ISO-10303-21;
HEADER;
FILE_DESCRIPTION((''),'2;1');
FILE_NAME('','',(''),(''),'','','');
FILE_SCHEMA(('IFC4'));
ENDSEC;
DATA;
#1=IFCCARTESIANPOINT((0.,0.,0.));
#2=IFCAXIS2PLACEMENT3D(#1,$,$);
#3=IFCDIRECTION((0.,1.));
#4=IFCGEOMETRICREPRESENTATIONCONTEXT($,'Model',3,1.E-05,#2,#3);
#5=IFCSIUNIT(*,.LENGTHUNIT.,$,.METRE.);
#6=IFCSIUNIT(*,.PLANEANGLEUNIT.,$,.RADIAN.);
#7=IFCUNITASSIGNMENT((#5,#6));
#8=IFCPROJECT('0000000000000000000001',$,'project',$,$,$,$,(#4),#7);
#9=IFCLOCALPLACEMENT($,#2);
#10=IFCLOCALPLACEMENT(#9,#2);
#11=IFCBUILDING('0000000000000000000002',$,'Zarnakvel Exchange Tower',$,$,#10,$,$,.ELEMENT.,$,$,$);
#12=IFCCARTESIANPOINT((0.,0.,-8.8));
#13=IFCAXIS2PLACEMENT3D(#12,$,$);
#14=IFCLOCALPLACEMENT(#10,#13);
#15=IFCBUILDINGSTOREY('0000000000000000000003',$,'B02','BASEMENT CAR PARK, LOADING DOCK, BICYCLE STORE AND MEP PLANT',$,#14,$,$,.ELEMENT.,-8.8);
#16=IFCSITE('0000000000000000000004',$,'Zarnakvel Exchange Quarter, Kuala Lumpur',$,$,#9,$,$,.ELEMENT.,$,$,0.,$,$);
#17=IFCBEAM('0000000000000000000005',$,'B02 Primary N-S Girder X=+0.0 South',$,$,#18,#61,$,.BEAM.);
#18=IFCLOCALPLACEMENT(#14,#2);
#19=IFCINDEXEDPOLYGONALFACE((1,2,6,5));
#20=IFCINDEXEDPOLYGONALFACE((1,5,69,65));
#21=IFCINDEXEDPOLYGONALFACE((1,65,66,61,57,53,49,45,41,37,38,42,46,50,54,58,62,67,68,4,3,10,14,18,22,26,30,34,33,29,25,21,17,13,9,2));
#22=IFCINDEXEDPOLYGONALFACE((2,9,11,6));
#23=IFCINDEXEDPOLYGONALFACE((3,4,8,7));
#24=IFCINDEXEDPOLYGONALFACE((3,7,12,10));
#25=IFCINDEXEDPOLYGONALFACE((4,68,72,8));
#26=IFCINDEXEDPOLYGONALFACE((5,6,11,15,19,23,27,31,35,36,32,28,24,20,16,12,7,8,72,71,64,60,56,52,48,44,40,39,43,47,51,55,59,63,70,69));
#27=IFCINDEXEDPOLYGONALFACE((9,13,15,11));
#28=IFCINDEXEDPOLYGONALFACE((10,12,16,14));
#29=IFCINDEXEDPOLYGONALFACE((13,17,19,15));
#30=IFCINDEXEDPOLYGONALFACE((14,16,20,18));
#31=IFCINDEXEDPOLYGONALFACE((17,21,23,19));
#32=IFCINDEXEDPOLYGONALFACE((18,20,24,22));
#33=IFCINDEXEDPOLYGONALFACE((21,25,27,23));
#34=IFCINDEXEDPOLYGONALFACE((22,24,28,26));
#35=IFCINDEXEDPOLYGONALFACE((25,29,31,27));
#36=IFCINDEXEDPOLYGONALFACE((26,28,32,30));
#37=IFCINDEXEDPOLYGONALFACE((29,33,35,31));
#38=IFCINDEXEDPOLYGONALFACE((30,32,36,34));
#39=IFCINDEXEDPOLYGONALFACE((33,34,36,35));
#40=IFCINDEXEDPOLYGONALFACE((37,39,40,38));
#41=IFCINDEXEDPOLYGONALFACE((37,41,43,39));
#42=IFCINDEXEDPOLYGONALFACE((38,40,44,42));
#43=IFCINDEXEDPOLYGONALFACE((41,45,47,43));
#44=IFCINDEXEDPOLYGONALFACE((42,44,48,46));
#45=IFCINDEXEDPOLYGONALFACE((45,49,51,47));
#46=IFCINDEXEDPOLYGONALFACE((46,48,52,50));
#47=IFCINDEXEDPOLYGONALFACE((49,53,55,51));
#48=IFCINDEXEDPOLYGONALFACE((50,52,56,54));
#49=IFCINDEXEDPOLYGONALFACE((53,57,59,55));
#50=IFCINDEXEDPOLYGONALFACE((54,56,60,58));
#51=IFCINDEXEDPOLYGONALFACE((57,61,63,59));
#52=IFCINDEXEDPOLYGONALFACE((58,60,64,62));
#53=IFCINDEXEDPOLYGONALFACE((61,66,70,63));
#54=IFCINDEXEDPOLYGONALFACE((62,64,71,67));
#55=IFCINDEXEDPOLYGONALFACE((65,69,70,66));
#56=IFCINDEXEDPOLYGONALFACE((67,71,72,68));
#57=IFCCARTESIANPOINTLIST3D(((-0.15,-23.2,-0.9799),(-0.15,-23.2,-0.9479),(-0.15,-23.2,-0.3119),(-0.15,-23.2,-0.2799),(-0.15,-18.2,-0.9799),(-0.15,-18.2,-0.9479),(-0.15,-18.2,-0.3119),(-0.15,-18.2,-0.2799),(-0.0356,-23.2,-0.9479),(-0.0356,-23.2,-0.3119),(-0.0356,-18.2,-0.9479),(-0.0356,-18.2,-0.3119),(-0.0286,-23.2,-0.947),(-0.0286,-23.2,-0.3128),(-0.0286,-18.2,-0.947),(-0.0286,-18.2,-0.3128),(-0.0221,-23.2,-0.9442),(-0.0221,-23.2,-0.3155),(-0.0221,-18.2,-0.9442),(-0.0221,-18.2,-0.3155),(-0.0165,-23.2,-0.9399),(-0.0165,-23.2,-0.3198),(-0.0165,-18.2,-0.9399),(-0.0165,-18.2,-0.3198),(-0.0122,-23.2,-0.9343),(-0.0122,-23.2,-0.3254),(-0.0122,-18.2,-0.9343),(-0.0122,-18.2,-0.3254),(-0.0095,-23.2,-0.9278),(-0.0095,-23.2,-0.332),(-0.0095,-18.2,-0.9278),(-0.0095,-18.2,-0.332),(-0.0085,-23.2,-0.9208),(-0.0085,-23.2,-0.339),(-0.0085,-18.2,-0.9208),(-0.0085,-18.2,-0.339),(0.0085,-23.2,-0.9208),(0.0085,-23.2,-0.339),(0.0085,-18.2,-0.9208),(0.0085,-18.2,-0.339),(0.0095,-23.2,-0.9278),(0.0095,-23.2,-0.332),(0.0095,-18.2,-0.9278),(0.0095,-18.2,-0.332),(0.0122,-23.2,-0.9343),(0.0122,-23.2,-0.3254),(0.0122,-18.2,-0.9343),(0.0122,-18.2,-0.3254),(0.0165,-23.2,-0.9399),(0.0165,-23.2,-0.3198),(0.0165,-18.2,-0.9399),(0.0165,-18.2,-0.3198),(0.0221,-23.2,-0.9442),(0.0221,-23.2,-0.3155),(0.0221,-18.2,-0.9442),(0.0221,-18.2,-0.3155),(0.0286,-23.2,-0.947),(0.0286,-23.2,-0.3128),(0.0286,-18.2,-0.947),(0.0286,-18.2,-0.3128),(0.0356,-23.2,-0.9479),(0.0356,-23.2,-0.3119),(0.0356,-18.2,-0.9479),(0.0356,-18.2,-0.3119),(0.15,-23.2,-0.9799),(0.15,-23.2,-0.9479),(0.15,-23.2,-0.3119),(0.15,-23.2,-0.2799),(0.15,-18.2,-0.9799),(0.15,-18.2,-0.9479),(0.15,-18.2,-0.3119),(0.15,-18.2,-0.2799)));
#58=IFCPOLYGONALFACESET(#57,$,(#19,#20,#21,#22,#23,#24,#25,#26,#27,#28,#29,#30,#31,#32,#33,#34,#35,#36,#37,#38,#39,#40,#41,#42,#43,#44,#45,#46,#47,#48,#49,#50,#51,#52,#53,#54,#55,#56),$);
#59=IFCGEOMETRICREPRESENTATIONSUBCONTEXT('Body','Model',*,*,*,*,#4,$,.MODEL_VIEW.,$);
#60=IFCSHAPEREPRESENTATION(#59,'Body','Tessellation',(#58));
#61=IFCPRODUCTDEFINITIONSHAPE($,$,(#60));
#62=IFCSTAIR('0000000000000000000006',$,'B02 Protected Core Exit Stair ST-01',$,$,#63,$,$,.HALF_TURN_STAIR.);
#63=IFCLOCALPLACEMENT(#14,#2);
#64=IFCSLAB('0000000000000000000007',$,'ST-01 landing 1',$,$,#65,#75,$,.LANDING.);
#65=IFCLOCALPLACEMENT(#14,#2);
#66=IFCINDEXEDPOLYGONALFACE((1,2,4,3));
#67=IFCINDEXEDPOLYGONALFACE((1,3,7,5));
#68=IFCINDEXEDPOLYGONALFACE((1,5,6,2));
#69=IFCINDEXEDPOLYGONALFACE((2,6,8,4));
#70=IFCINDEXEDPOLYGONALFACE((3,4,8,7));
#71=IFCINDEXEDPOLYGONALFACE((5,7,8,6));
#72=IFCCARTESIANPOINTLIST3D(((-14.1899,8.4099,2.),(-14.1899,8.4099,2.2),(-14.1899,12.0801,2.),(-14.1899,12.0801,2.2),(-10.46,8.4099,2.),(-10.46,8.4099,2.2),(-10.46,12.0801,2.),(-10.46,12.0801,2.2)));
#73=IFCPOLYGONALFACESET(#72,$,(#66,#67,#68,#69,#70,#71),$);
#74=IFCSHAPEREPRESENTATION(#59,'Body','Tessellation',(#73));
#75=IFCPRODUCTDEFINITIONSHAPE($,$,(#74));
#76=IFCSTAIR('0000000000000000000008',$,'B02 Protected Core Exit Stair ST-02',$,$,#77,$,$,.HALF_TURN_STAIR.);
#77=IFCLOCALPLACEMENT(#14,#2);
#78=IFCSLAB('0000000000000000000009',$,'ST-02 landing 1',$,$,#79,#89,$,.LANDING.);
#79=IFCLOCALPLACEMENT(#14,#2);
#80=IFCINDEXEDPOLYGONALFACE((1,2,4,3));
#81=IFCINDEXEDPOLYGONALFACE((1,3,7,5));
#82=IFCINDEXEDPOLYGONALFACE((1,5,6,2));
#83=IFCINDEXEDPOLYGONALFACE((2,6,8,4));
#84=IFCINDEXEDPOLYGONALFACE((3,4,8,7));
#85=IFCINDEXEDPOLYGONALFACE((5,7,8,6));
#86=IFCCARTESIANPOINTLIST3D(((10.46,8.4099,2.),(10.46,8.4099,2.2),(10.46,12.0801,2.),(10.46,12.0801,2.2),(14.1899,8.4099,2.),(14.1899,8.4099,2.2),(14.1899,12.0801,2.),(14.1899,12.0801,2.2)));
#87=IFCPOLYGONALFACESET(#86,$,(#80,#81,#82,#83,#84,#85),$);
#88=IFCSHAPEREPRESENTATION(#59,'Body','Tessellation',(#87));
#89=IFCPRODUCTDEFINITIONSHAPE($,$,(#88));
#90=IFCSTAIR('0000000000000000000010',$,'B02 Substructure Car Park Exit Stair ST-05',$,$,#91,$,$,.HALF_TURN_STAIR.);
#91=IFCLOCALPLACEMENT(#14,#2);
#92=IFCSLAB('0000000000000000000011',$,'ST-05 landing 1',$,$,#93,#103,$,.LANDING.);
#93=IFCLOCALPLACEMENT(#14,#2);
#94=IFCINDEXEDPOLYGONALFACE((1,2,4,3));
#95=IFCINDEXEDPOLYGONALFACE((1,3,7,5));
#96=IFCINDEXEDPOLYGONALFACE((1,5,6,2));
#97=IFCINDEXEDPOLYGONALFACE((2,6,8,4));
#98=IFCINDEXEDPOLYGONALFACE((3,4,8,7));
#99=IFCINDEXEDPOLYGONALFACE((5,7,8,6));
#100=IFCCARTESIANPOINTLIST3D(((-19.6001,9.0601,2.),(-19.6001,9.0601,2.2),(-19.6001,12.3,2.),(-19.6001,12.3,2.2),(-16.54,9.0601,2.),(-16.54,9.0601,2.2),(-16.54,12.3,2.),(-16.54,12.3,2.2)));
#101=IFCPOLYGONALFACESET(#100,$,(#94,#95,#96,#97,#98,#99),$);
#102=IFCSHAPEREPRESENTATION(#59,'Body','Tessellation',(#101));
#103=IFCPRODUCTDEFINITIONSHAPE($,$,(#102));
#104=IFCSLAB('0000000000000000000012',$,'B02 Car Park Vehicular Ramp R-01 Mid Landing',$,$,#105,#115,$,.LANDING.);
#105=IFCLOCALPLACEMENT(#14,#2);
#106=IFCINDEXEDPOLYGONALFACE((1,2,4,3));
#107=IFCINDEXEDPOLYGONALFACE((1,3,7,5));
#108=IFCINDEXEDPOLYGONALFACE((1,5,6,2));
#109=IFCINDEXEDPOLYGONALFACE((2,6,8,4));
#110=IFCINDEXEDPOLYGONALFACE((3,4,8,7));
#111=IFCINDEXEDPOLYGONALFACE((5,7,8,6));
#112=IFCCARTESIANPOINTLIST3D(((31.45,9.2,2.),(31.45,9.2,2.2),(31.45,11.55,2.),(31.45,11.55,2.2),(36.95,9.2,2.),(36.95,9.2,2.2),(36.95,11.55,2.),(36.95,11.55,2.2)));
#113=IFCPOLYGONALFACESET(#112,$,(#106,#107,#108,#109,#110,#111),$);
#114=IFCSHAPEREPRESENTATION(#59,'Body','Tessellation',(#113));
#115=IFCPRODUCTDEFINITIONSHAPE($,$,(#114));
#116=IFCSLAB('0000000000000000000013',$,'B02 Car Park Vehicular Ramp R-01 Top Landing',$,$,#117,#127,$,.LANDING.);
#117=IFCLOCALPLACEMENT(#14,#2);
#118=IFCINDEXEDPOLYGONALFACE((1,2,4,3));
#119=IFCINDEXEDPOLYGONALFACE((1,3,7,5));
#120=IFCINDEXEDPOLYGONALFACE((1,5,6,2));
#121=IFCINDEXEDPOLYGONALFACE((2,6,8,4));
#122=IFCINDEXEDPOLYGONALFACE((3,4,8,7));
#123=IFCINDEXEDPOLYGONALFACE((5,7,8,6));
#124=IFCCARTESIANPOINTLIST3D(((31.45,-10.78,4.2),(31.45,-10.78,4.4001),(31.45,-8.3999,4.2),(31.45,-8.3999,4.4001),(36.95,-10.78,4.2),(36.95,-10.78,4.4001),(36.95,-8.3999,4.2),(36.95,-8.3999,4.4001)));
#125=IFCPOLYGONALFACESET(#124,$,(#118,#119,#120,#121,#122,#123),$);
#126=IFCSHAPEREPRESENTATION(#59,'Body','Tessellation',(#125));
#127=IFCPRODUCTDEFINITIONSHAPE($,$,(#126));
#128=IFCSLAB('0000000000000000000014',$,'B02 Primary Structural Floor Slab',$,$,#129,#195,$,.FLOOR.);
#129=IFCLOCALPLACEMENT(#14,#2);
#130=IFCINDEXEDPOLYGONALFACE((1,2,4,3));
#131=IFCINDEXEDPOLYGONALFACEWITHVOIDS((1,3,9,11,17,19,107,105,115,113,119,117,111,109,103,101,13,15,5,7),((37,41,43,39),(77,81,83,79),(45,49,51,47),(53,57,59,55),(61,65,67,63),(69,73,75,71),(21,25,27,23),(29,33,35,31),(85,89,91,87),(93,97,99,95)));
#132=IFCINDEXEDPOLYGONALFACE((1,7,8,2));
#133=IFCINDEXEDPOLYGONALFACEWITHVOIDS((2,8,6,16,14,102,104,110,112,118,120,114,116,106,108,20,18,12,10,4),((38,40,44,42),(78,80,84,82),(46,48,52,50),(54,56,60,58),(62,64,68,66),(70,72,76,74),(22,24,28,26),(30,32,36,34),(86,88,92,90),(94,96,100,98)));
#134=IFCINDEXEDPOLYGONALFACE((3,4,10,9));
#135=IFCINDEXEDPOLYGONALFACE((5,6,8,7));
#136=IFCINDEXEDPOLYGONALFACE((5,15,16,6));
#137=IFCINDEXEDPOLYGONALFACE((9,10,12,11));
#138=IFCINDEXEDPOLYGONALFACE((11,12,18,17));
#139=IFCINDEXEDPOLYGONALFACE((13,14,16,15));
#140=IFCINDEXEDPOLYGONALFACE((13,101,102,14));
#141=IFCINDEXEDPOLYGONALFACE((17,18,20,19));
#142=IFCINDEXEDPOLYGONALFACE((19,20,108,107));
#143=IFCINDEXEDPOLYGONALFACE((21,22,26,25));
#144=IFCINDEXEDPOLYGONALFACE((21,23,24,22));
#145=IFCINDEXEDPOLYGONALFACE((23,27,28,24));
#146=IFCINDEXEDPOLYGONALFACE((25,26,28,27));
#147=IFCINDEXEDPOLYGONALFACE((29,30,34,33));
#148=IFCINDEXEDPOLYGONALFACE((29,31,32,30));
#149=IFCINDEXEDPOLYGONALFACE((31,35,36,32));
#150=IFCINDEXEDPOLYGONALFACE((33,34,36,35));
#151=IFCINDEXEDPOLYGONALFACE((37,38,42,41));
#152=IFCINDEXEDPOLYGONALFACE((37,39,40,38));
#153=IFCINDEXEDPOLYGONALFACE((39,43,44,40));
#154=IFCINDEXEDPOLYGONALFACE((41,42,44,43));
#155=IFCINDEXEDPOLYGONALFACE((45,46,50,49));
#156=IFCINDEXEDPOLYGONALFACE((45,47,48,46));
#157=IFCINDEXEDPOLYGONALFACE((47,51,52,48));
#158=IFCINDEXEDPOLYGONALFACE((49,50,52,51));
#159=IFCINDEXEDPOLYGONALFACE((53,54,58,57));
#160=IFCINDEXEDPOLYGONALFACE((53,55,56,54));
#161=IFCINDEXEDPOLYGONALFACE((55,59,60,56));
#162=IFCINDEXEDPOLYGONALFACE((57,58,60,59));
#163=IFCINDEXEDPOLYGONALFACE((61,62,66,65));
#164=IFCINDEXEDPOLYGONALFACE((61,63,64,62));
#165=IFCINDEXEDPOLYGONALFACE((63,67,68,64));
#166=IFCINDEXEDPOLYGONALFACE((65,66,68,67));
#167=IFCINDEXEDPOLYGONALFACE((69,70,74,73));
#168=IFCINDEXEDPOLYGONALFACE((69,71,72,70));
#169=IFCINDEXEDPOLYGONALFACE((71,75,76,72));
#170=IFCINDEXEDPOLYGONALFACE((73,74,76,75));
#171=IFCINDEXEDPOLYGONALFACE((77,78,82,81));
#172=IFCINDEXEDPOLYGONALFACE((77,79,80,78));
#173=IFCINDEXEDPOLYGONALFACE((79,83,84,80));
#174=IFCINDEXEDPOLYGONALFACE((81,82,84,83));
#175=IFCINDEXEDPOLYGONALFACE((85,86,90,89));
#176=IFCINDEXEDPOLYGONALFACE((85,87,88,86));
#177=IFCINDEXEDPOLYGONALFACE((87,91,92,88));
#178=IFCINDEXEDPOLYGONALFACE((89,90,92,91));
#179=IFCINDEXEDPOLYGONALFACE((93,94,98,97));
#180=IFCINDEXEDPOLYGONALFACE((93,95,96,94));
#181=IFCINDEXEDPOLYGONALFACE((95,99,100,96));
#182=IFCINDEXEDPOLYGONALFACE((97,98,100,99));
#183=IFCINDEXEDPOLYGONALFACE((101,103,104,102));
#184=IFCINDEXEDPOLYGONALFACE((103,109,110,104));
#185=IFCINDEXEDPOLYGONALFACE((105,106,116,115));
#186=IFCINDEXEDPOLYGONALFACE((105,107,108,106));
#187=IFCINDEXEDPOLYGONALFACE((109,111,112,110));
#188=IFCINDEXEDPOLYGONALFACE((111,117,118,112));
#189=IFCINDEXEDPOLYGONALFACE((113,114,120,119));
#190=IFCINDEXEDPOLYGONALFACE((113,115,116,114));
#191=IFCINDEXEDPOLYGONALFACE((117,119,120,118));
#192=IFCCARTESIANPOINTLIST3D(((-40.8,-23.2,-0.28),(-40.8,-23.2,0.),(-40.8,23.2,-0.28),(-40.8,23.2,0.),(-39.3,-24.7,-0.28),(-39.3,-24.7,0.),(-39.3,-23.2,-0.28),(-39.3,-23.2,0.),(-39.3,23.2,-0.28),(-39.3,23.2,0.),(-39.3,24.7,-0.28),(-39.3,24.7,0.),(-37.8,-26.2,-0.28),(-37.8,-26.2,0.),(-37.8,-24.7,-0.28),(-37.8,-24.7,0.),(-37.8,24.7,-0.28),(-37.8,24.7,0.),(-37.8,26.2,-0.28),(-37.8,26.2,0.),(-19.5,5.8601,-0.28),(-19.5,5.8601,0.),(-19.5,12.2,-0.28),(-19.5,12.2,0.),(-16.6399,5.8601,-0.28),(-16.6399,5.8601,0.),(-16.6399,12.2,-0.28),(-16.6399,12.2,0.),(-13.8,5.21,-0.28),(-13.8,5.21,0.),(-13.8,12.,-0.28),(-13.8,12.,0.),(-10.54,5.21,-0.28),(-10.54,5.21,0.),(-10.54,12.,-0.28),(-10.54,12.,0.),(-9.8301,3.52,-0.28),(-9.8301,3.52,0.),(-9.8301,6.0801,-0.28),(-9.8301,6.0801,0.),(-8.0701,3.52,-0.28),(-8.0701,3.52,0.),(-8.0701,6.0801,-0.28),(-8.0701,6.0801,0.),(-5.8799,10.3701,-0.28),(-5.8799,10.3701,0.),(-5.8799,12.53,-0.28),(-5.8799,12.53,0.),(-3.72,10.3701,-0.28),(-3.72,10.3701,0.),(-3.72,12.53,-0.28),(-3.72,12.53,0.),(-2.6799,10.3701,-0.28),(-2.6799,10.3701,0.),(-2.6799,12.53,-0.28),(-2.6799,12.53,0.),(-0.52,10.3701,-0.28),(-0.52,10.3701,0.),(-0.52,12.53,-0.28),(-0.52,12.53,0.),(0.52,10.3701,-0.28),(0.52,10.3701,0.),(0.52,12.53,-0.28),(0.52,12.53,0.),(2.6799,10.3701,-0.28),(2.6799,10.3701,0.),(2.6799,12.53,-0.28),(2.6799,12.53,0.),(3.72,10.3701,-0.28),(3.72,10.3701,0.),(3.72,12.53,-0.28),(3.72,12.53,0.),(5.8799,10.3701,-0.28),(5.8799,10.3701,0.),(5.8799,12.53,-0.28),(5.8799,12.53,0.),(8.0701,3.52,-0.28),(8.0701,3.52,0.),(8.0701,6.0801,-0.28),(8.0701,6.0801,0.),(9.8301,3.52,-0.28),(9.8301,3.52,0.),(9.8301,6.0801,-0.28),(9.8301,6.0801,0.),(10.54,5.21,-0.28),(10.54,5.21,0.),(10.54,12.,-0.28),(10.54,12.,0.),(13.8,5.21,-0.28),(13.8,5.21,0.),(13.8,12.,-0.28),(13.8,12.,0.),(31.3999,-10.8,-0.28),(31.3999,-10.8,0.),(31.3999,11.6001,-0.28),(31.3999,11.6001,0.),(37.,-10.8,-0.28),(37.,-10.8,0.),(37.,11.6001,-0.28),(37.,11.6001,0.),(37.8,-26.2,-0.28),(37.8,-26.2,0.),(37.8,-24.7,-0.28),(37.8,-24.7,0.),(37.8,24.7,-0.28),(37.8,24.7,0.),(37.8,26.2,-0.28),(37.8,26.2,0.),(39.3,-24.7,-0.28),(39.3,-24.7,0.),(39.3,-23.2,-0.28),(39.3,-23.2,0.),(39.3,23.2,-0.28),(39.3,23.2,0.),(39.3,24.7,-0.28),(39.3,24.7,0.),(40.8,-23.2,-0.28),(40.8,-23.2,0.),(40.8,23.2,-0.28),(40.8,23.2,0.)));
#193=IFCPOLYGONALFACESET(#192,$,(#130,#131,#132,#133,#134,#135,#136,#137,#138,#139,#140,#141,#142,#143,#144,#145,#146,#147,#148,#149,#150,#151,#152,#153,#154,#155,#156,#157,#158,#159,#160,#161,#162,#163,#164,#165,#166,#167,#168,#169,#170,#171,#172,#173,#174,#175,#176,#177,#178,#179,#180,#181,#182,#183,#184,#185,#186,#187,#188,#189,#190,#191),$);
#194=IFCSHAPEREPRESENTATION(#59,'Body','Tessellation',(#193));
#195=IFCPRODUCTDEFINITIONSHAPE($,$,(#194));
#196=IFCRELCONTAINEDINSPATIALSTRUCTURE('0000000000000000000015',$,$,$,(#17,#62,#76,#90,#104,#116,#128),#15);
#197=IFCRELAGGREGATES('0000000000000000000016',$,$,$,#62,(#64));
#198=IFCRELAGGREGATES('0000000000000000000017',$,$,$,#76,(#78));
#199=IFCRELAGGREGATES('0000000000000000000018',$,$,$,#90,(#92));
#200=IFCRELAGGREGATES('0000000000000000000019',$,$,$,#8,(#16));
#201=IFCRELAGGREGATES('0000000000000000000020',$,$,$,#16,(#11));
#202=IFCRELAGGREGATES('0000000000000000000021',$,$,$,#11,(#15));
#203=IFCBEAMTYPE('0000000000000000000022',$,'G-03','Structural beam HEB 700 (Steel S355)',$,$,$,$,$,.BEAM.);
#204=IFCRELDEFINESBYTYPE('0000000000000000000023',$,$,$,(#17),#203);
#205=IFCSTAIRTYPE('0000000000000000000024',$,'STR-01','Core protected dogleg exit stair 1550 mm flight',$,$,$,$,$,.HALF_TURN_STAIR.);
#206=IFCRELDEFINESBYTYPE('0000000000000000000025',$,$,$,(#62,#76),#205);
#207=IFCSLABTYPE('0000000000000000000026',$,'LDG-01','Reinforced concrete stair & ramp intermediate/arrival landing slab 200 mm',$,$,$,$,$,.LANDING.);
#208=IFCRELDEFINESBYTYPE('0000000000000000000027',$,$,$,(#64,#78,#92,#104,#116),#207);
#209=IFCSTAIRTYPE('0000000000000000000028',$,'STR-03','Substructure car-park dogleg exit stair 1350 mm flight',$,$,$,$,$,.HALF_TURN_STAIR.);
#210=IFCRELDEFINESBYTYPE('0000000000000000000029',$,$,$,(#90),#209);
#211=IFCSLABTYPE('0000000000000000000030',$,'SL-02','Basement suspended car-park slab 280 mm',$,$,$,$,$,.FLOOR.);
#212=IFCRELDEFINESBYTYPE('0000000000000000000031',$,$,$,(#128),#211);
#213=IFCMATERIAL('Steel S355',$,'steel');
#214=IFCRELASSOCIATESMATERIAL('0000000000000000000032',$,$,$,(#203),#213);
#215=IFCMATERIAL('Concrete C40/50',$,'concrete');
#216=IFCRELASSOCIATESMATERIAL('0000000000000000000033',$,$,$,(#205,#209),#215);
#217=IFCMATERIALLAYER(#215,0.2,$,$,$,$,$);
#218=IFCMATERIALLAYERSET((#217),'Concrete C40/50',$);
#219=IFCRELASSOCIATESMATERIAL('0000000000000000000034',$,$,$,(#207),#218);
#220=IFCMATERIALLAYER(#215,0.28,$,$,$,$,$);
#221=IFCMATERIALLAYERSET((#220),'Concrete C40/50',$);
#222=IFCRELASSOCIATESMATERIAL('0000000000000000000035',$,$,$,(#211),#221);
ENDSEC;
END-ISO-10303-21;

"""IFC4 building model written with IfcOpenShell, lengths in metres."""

from ifc_helpers import new_model, si_unit, direction, frame, origin, origin_2d, place, context, subcontext, project, spatial, polyline, i_section, outline, extrude, material, layer, layer_set, material_profile, profile_set, type_object, element, aggregate, save


model = new_model("IFC4")

# Units and contexts
model_context = context("Model", 3, precision=1e-05, world=origin(), true_north=direction((0.0, 1.0)))
body_context = subcontext(model_context, "Body", "Model", "MODEL_VIEW")
ifc_project = project(units=[si_unit("LENGTHUNIT", "METRE"), si_unit("PLANEANGLEUNIT", "RADIAN")], contexts=[model_context])

# Site, building, storey
site_placement = place(None, origin())
site = spatial("IfcSite", under=ifc_project, at=site_placement, Name="Zarnakvel Exchange Quarter, Kuala Lumpur", CompositionType="ELEMENT", RefElevation=0.0)
building_placement = place(site_placement, origin())
building = spatial("IfcBuilding", under=site, at=building_placement, Name="Zarnakvel Exchange Tower", CompositionType="ELEMENT")
storey_placement = place(building_placement, frame((0.0, 0.0, -8.8)))
storey = spatial("IfcBuildingStorey", under=building, at=storey_placement, Name="B02", Description="BASEMENT CAR PARK, LOADING DOCK, BICYCLE STORE AND MEP PLANT", CompositionType="ELEMENT", Elevation=-8.8)

# Beam
ifc_material_1 = material(Name="Steel S355", Category="steel")
ifc_material_profile_1 = material_profile(ifc_material_1, i_section(OverallWidth=0.3, OverallDepth=0.7, WebThickness=0.0171, FlangeThickness=0.032, FilletRadius=0.0271, at=origin_2d()))
ifc_profile_set_1 = profile_set([ifc_material_profile_1], Name="Steel S355")
beam_type_1 = type_object("IfcBeamType", Name="G-03", Description="Structural beam HEB 700 (Steel S355)", PredefinedType="BEAM", material=ifc_profile_set_1)
beam_1_placement = place(storey_placement, frame((0.0, -23.2, -0.6299), z_axis=(0.0, 1.0, 0.0), x_axis=(-1.0, 0.0, 0.0)))
element("IfcBeam", 1, at=beam_1_placement, inside=storey, type_object=beam_type_1, Name="B02 Primary N-S Girder X=+0.0 South", PredefinedType="BEAM", context=body_context, shape_type="SweptSolid", body=[
    extrude(i_section(OverallWidth=0.3, OverallDepth=0.7, WebThickness=0.0171, FlangeThickness=0.032, FilletRadius=0.0271, at=origin_2d()), origin(), (0.0, 0.0, 1.0), 5.0),
])

# Stairs, slabs
ifc_material_2 = material(Name="Concrete C40/50", Category="concrete")
stair_type_1 = type_object("IfcStairType", Name="STR-01", Description="Core protected dogleg exit stair 1550 mm flight", PredefinedType="HALF_TURN_STAIR", material=ifc_material_2)
stair_1_placement = place(storey_placement, origin())
stair_1 = element("IfcStair", 2, at=stair_1_placement, inside=storey, type_object=stair_type_1, Name="B02 Protected Core Exit Stair ST-01", PredefinedType="HALF_TURN_STAIR")
ifc_layer_1 = layer(ifc_material_2, 0.2)
ifc_layer_set_1 = layer_set([ifc_layer_1], Name="Concrete C40/50")
slab_type_1 = type_object("IfcSlabType", Name="LDG-01", Description="Reinforced concrete stair & ramp intermediate/arrival landing slab 200 mm", PredefinedType="LANDING", material=ifc_layer_set_1)
slab_1_placement = place(storey_placement, frame((0.0, 0.0, 2.0)))
slab_1 = element("IfcSlab", 3, at=slab_1_placement, type_object=slab_type_1, Name="ST-01 landing 1", PredefinedType="LANDING", context=body_context, shape_type="SweptSolid", body=[
    extrude(outline(polyline([(-14.1899, 8.4099), (-10.46, 8.4099), (-10.46, 12.0801), (-14.1899, 12.0801), (-14.1899, 8.4099)])), origin(), (0.0, 0.0, 1.0), 0.2),
])
aggregate(stair_1, [slab_1])
stair_2_placement = place(storey_placement, origin())
stair_2 = element("IfcStair", 4, at=stair_2_placement, inside=storey, type_object=stair_type_1, Name="B02 Protected Core Exit Stair ST-02", PredefinedType="HALF_TURN_STAIR")
slab_2_placement = place(storey_placement, frame((0.0, 0.0, 2.0)))
slab_2 = element("IfcSlab", 5, at=slab_2_placement, type_object=slab_type_1, Name="ST-02 landing 1", PredefinedType="LANDING", context=body_context, shape_type="SweptSolid", body=[
    extrude(outline(polyline([(10.46, 8.4099), (14.1899, 8.4099), (14.1899, 12.0801), (10.46, 12.0801), (10.46, 8.4099)])), origin(), (0.0, 0.0, 1.0), 0.2),
])
aggregate(stair_2, [slab_2])
stair_type_2 = type_object("IfcStairType", Name="STR-03", Description="Substructure car-park dogleg exit stair 1350 mm flight", PredefinedType="HALF_TURN_STAIR", material=ifc_material_2)
stair_3_placement = place(storey_placement, origin())
stair_3 = element("IfcStair", 6, at=stair_3_placement, inside=storey, type_object=stair_type_2, Name="B02 Substructure Car Park Exit Stair ST-05", PredefinedType="HALF_TURN_STAIR")
slab_3_placement = place(storey_placement, frame((0.0, 0.0, 2.0)))
slab_3 = element("IfcSlab", 7, at=slab_3_placement, type_object=slab_type_1, Name="ST-05 landing 1", PredefinedType="LANDING", context=body_context, shape_type="SweptSolid", body=[
    extrude(outline(polyline([(-19.6001, 9.0601), (-16.54, 9.0601), (-16.54, 12.3), (-19.6001, 12.3), (-19.6001, 9.0601)])), origin(), (0.0, 0.0, 1.0), 0.2),
])
aggregate(stair_3, [slab_3])

# Slabs
slab_4_placement = place(storey_placement, frame((0.0, 0.0, 2.0)))
element("IfcSlab", 8, at=slab_4_placement, inside=storey, type_object=slab_type_1, Name="B02 Car Park Vehicular Ramp R-01 Mid Landing", PredefinedType="LANDING", context=body_context, shape_type="SweptSolid", body=[
    extrude(outline(polyline([(31.45, 9.2), (36.95, 9.2), (36.95, 11.55), (31.45, 11.55), (31.45, 9.2)])), origin(), (0.0, 0.0, 1.0), 0.2),
])
slab_5_placement = place(storey_placement, frame((0.0, 0.0, 4.2)))
element("IfcSlab", 9, at=slab_5_placement, inside=storey, type_object=slab_type_1, Name="B02 Car Park Vehicular Ramp R-01 Top Landing", PredefinedType="LANDING", context=body_context, shape_type="SweptSolid", body=[
    extrude(outline(polyline([(31.45, -10.78), (36.95, -10.78), (36.95, -8.3999), (31.45, -8.3999), (31.45, -10.78)])), origin(), (0.0, 0.0, 1.0), 0.2002),
])
ifc_layer_2 = layer(ifc_material_2, 0.28)
ifc_layer_set_2 = layer_set([ifc_layer_2], Name="Concrete C40/50")
slab_type_2 = type_object("IfcSlabType", Name="SL-02", Description="Basement suspended car-park slab 280 mm", PredefinedType="FLOOR", material=ifc_layer_set_2)
slab_6_placement = place(storey_placement, frame((0.0, 0.0, -0.28)))
element("IfcSlab", 10, at=slab_6_placement, inside=storey, type_object=slab_type_2, Name="B02 Primary Structural Floor Slab", PredefinedType="FLOOR", context=body_context, shape_type="SweptSolid", body=[
    extrude(outline(polyline([(-40.8, -23.2), (-39.3, -23.2), (-39.3, -24.7), (-37.8, -24.7), (-37.8, -26.2), (37.8, -26.2), (37.8, -24.7), (39.3, -24.7), (39.3, -23.2), (40.8, -23.2), (40.8, 23.2), (39.3, 23.2), (39.3, 24.7), (37.8, 24.7), (37.8, 26.2), (-37.8, 26.2), (-37.8, 24.7), (-39.3, 24.7), (-39.3, 23.2), (-40.8, 23.2), (-40.8, -23.2)]), holes=[polyline([(-13.8, 5.21), (-10.54, 5.21), (-10.54, 12.0), (-13.8, 12.0), (-13.8, 5.21)]), polyline([(10.54, 5.21), (13.8, 5.21), (13.8, 12.0), (10.54, 12.0), (10.54, 5.21)]), polyline([(-19.5, 5.8601), (-16.6399, 5.8601), (-16.6399, 12.2), (-19.5, 12.2), (-19.5, 5.8601)]), polyline([(-9.8301, 3.52), (-8.0701, 3.52), (-8.0701, 6.0801), (-9.8301, 6.0801), (-9.8301, 3.52)]), polyline([(8.0701, 3.52), (9.8301, 3.52), (9.8301, 6.0801), (8.0701, 6.0801), (8.0701, 3.52)]), polyline([(-5.8799, 10.3701), (-3.72, 10.3701), (-3.72, 12.53), (-5.8799, 12.53), (-5.8799, 10.3701)]), polyline([(-2.6799, 10.3701), (-0.52, 10.3701), (-0.52, 12.53), (-2.6799, 12.53), (-2.6799, 10.3701)]), polyline([(0.52, 10.3701), (2.6799, 10.3701), (2.6799, 12.53), (0.52, 12.53), (0.52, 10.3701)]), polyline([(3.72, 10.3701), (5.8799, 10.3701), (5.8799, 12.53), (3.72, 12.53), (3.72, 10.3701)]), polyline([(31.3999, -10.8), (37.0, -10.8), (37.0, 11.6001), (31.3999, 11.6001), (31.3999, -10.8)])]), origin(), (0.0, 0.0, 1.0), 0.28),
])

save(model, "model.ifc")
